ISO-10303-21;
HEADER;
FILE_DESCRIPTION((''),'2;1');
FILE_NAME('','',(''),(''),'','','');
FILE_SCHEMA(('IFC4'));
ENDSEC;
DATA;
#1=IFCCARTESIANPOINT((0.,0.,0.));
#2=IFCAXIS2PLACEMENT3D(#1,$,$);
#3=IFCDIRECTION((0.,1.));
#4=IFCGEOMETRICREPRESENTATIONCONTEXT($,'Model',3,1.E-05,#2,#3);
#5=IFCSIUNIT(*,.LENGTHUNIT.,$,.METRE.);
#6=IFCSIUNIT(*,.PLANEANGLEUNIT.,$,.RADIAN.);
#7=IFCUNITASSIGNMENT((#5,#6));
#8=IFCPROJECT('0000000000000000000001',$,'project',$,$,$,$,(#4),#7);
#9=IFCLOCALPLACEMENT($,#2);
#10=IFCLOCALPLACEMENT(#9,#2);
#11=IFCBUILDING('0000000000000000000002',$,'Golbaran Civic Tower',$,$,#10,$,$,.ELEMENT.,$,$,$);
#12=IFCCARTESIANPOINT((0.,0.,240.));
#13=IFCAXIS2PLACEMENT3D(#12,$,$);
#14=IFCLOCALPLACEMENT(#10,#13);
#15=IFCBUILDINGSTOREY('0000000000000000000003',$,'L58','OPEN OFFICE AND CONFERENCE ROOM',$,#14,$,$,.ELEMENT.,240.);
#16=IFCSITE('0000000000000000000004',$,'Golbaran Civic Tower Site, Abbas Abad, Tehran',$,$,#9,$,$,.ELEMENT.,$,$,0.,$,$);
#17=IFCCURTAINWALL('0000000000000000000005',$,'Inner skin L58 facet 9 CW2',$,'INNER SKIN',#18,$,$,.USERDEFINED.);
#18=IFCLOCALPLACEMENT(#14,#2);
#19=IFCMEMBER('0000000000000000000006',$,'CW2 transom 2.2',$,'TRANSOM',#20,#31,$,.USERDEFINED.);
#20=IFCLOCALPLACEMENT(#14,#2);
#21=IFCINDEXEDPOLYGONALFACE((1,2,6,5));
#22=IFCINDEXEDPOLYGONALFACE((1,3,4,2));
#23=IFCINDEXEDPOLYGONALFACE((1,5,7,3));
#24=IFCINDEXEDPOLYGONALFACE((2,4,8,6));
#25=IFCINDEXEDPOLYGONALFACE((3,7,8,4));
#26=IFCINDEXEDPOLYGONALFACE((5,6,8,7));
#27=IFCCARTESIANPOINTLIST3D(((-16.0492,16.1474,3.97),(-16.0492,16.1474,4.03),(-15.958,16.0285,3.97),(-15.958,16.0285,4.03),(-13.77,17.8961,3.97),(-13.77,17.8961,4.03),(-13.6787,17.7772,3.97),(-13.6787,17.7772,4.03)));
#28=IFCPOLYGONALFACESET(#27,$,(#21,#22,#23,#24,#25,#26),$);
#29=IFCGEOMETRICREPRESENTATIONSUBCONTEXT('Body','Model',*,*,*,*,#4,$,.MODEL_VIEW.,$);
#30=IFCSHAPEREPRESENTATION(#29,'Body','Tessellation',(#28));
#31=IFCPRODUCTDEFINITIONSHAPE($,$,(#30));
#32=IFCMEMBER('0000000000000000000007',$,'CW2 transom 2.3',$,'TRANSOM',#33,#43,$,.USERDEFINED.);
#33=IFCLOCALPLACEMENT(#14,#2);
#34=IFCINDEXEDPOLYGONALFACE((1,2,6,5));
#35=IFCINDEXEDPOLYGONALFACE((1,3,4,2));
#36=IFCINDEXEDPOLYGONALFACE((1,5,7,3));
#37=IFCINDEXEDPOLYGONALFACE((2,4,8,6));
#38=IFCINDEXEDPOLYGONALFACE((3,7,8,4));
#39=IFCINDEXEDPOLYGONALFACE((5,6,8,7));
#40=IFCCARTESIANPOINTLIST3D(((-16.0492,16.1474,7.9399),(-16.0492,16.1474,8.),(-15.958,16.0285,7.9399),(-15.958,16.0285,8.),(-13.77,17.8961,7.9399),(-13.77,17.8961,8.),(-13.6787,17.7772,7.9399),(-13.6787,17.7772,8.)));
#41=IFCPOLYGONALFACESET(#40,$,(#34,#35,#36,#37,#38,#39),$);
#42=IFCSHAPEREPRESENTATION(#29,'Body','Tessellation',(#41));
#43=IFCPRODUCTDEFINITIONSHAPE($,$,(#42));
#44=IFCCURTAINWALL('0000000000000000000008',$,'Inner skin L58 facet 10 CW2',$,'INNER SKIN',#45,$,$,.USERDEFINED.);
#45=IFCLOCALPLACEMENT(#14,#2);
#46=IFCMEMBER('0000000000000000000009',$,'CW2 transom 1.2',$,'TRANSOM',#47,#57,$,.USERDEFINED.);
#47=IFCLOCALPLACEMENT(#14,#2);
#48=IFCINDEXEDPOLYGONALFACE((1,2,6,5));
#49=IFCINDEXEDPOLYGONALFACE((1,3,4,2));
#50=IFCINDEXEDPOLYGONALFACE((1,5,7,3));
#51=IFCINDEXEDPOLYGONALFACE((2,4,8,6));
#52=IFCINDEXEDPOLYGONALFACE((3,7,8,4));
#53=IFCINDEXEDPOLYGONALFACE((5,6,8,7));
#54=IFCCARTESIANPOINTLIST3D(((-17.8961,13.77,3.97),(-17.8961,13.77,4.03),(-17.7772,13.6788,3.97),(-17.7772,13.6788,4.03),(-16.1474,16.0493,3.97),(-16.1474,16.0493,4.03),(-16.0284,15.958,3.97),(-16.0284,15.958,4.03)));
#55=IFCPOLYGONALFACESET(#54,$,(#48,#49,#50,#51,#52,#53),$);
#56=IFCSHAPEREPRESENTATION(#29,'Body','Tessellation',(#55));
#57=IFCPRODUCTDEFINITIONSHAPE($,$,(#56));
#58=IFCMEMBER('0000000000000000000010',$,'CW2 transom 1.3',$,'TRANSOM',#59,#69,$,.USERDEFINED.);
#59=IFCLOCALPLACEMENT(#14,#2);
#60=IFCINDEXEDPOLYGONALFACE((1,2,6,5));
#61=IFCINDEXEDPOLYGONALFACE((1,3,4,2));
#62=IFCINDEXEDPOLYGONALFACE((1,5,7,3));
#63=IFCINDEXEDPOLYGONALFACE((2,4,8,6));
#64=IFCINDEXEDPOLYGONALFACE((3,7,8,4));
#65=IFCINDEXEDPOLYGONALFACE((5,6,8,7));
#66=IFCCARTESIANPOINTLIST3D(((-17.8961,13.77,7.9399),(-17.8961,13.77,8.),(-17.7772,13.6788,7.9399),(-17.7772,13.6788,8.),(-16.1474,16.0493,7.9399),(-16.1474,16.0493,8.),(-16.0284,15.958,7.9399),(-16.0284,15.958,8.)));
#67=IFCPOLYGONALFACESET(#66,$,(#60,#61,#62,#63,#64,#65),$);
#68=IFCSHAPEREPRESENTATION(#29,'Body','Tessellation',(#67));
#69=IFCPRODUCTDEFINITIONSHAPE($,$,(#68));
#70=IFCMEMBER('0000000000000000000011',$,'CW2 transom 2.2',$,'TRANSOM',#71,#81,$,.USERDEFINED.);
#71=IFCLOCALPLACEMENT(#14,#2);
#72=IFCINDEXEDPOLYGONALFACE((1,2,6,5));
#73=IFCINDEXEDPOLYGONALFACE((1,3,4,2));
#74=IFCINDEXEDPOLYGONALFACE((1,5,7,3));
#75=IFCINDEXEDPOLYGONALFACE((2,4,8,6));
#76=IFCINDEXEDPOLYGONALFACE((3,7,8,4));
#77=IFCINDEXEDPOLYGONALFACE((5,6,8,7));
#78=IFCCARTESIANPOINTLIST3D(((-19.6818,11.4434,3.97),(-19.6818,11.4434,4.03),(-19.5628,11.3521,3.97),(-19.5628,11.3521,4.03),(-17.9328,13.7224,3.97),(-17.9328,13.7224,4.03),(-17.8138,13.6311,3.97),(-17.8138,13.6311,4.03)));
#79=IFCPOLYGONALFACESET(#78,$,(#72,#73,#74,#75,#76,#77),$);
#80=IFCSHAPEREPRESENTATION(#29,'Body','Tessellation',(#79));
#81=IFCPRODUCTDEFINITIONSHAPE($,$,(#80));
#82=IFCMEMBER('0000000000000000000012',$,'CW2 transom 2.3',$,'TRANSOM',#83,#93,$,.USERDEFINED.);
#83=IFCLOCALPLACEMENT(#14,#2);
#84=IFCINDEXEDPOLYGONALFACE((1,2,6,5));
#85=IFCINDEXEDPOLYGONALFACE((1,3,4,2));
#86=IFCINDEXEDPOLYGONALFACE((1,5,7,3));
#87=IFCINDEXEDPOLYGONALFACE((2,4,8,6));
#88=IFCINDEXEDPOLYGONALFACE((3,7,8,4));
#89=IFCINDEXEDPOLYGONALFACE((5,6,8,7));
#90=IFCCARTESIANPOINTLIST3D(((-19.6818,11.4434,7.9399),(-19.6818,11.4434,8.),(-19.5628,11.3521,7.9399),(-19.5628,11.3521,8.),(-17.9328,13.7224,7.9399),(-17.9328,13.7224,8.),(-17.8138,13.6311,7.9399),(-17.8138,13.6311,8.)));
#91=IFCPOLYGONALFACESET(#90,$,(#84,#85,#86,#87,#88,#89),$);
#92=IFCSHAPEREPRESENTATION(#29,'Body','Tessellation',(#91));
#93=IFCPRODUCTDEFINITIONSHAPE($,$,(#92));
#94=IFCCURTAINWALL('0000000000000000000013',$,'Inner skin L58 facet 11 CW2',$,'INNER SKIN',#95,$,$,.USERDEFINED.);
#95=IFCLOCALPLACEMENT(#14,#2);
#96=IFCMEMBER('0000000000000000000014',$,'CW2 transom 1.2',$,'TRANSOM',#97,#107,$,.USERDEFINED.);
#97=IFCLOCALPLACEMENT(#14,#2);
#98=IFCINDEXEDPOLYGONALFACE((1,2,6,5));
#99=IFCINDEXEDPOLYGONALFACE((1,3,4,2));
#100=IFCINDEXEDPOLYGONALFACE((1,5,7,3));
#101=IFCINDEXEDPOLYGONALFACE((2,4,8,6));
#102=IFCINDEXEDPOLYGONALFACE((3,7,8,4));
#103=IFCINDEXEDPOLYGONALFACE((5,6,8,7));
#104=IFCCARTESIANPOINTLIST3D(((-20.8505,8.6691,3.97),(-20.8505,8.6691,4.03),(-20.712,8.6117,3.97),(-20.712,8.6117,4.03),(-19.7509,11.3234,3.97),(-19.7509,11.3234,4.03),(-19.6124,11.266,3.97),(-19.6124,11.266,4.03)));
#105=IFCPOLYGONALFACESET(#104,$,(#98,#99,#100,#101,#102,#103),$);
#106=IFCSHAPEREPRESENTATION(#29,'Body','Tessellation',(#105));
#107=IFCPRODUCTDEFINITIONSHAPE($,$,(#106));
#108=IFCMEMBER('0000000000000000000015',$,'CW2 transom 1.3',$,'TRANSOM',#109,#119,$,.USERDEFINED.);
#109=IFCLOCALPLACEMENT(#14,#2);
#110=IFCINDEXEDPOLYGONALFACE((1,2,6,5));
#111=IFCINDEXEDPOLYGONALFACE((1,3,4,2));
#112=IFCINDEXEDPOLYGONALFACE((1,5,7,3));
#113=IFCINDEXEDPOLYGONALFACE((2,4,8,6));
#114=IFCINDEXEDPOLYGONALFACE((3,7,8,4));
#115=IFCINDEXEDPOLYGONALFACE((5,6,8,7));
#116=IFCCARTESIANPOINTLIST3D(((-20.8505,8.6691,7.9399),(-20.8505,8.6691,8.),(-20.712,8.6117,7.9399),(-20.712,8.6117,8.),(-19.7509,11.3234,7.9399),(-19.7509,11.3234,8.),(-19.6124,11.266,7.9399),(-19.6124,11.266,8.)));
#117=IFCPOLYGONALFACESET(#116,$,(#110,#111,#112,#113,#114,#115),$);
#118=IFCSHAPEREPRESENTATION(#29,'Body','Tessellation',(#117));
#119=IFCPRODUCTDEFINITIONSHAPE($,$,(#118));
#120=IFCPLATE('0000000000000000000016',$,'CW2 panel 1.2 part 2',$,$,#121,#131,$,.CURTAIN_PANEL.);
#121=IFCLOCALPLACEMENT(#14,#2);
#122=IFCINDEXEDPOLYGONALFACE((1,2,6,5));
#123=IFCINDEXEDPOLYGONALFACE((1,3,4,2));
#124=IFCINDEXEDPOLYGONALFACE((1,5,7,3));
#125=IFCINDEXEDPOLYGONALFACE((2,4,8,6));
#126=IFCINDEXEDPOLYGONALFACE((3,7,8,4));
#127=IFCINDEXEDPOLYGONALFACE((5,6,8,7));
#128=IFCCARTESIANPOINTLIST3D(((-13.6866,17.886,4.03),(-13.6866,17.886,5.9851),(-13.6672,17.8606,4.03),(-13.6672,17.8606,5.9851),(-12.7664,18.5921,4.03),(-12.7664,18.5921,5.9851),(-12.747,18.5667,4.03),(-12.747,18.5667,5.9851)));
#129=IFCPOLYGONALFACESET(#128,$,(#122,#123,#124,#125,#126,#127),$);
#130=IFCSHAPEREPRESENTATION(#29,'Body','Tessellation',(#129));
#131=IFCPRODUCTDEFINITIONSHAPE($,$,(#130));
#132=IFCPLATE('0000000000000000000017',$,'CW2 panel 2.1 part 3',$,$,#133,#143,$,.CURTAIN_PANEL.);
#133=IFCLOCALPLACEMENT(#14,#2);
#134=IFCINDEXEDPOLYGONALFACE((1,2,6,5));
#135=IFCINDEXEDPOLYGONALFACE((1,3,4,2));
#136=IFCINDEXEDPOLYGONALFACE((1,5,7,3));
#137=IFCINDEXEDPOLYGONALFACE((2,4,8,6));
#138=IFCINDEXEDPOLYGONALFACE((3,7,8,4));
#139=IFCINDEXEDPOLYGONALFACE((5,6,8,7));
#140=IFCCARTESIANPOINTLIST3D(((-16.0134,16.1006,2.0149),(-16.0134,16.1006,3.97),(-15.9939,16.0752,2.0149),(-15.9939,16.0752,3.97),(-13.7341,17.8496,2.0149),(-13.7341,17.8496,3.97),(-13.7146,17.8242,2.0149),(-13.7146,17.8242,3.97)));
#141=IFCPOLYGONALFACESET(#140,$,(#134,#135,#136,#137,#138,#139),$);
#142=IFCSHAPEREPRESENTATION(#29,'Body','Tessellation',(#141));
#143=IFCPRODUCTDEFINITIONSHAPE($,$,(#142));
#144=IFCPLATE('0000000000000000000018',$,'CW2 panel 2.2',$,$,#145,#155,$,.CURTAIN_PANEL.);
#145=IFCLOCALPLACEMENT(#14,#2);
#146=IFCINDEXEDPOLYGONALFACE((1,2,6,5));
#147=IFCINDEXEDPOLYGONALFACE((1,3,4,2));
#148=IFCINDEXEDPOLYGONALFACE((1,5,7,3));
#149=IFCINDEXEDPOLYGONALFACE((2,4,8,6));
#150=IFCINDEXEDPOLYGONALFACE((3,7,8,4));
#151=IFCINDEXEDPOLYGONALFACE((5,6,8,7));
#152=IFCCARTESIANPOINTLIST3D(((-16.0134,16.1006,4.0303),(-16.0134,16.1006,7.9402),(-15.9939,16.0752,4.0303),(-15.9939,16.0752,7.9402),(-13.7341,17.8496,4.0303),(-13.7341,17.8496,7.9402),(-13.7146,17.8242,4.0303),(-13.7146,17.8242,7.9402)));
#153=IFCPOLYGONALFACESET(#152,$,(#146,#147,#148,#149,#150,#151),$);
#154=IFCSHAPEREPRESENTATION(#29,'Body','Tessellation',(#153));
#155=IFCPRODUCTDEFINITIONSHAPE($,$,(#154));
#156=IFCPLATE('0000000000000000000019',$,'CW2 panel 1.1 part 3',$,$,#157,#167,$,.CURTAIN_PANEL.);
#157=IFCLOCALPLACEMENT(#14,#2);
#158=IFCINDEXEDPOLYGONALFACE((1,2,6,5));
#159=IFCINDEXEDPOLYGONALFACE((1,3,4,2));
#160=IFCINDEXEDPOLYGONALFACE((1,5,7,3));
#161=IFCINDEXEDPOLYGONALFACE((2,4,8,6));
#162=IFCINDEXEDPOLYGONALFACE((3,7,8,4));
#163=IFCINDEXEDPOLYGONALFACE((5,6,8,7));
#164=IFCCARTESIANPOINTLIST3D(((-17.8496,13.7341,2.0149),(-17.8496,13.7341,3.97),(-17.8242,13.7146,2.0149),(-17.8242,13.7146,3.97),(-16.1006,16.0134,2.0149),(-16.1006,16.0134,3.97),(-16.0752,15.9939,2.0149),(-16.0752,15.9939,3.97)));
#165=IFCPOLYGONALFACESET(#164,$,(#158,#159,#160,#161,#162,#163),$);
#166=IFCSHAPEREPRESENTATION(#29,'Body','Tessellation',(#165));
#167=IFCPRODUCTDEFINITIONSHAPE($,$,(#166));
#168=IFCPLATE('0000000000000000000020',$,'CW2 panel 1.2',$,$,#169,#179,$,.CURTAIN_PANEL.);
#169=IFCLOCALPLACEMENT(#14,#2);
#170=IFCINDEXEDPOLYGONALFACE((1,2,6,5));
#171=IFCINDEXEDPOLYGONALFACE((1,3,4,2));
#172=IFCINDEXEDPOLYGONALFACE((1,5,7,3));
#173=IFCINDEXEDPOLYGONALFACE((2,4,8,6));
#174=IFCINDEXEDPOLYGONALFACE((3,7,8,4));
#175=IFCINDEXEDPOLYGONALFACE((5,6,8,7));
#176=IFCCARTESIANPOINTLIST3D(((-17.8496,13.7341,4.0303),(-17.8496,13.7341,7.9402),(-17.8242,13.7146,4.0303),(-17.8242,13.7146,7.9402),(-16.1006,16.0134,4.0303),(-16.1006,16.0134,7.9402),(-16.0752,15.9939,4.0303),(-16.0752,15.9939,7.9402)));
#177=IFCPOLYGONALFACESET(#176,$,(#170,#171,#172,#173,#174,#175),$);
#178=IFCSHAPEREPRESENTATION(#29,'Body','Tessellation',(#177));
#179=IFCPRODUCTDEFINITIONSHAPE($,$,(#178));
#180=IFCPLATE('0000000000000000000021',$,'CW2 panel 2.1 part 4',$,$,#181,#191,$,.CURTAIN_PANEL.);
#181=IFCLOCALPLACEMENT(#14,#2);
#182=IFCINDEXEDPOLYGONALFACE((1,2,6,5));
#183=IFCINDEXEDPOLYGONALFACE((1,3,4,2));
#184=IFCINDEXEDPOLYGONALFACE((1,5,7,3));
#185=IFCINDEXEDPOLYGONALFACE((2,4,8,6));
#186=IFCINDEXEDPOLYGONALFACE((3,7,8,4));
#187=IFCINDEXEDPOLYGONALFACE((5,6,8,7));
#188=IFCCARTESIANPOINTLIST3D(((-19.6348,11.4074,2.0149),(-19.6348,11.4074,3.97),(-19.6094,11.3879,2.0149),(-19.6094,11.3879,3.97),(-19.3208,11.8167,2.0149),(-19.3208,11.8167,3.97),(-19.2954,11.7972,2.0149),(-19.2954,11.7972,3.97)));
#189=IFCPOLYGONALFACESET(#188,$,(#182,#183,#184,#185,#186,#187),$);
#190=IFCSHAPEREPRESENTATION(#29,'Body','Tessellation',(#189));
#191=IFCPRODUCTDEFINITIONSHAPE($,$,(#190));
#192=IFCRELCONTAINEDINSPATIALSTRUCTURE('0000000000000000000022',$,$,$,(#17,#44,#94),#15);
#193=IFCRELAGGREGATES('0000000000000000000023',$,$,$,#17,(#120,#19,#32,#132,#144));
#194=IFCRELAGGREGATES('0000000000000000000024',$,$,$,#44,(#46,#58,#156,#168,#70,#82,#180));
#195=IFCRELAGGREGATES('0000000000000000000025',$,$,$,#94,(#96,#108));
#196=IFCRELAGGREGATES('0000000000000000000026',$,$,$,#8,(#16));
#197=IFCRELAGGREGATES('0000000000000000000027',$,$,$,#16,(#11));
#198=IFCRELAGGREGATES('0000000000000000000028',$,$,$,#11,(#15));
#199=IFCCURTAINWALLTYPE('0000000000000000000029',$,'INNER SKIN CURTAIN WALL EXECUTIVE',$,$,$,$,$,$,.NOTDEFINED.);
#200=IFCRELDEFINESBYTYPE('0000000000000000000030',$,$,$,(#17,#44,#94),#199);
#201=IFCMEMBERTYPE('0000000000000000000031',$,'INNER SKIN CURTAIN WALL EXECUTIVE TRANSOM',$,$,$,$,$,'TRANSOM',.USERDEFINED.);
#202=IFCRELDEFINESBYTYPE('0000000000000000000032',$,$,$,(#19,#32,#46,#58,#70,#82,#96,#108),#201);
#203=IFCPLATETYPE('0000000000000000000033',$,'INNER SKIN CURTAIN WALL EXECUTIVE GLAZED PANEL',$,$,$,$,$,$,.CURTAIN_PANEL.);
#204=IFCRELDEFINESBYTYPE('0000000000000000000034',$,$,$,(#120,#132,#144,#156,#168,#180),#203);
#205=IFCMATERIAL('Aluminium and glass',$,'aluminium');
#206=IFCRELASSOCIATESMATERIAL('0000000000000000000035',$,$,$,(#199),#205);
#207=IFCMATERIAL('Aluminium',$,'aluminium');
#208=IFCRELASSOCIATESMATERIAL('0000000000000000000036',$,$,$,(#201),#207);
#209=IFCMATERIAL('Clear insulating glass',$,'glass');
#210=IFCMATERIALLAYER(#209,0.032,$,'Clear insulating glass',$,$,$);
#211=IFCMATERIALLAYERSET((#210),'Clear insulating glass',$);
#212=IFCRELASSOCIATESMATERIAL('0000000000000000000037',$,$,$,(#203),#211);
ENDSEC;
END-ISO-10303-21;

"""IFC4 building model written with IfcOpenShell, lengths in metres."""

from ifc_helpers import new_model, si_unit, direction, frame, origin, origin_2d, place, context, subcontext, project, spatial, rectangle, extrude, material, layer, layer_set, material_profile, profile_set, type_object, element, aggregate, save


model = new_model("IFC4")

# Units and contexts
model_context = context("Model", 3, precision=1e-05, world=origin(), true_north=direction((0.0, 1.0)))
body_context = subcontext(model_context, "Body", "Model", "MODEL_VIEW")
ifc_project = project(units=[si_unit("LENGTHUNIT", "METRE"), si_unit("PLANEANGLEUNIT", "RADIAN")], contexts=[model_context])

# Site, building, storey
site_placement = place(None, origin())
site = spatial("IfcSite", under=ifc_project, at=site_placement, Name="Golbaran Civic Tower Site, Abbas Abad, Tehran", CompositionType="ELEMENT", RefElevation=0.0)
building_placement = place(site_placement, origin())
building = spatial("IfcBuilding", under=site, at=building_placement, Name="Golbaran Civic Tower", CompositionType="ELEMENT")
storey_placement = place(building_placement, frame((0.0, 0.0, 240.0)))
storey = spatial("IfcBuildingStorey", under=building, at=storey_placement, Name="L58", Description="OPEN OFFICE AND CONFERENCE ROOM", CompositionType="ELEMENT", Elevation=240.0)

# Curtain walls, members
ifc_material_1 = material(Name="Aluminium and glass", Category="aluminium")
curtain_wall_type = type_object("IfcCurtainWallType", Name="INNER SKIN CURTAIN WALL EXECUTIVE", PredefinedType="NOTDEFINED", material=ifc_material_1)
curtain_wall_1_placement = place(storey_placement, origin())
curtain_wall_1 = element("IfcCurtainWall", 1, at=curtain_wall_1_placement, inside=storey, type_object=curtain_wall_type, Name="Inner skin L58 facet 9 CW2", ObjectType="INNER SKIN", PredefinedType="USERDEFINED")
ifc_material_2 = material(Name="Aluminium", Category="aluminium")
ifc_material_profile = material_profile(ifc_material_2, rectangle(XDim=0.1499, YDim=0.0601, at=origin_2d()), Name="INNER SKIN CURTAIN WALL EXECUTIVE TRANSOM")
ifc_profile_set = profile_set([ifc_material_profile], Name="Aluminium")
member_type = type_object("IfcMemberType", Name="INNER SKIN CURTAIN WALL EXECUTIVE TRANSOM", ElementType="TRANSOM", PredefinedType="USERDEFINED", material=ifc_profile_set)
member_1_placement = place(storey_placement, frame((-13.7244, 17.8367, 4.0), z_axis=(-0.793385, -0.608721, 0.0), x_axis=(0.608721, -0.793385, 0.0)))
member_1 = element("IfcMember", 2, at=member_1_placement, type_object=member_type, Name="CW2 transom 2.2", ObjectType="TRANSOM", PredefinedType="USERDEFINED", context=body_context, shape_type="SweptSolid", body=[
    extrude(rectangle(XDim=0.1499, YDim=0.0601, at=origin_2d()), origin(), (0.0, 0.0, 1.0), 2.8728),
])
member_2_placement = place(storey_placement, frame((-13.7244, 17.8367, 7.97), z_axis=(-0.793385, -0.608721, 0.0), x_axis=(0.608721, -0.793385, 0.0)))
member_2 = element("IfcMember", 3, at=member_2_placement, type_object=member_type, Name="CW2 transom 2.3", ObjectType="TRANSOM", PredefinedType="USERDEFINED", context=body_context, shape_type="SweptSolid", body=[
    extrude(rectangle(XDim=0.1499, YDim=0.0601, at=origin_2d()), origin(), (0.0, 0.0, 1.0), 2.8728),
])
curtain_wall_2_placement = place(storey_placement, origin())
curtain_wall_2 = element("IfcCurtainWall", 4, at=curtain_wall_2_placement, inside=storey, type_object=curtain_wall_type, Name="Inner skin L58 facet 10 CW2", ObjectType="INNER SKIN", PredefinedType="USERDEFINED")
member_3_placement = place(storey_placement, frame((-16.0879, 16.0037, 4.0), z_axis=(-0.608721, -0.793385, 0.0), x_axis=(0.793385, -0.608721, 0.0)))
member_3 = element("IfcMember", 5, at=member_3_placement, type_object=member_type, Name="CW2 transom 1.2", ObjectType="TRANSOM", PredefinedType="USERDEFINED", context=body_context, shape_type="SweptSolid", body=[
    extrude(rectangle(XDim=0.1499, YDim=0.0601, at=origin_2d()), origin(), (0.0, 0.0, 1.0), 2.8728),
])
member_4_placement = place(storey_placement, frame((-16.0879, 16.0037, 7.97), z_axis=(-0.608721, -0.793385, 0.0), x_axis=(0.793385, -0.608721, 0.0)))
member_4 = element("IfcMember", 6, at=member_4_placement, type_object=member_type, Name="CW2 transom 1.3", ObjectType="TRANSOM", PredefinedType="USERDEFINED", context=body_context, shape_type="SweptSolid", body=[
    extrude(rectangle(XDim=0.1499, YDim=0.0601, at=origin_2d()), origin(), (0.0, 0.0, 1.0), 2.8728),
])
member_5_placement = place(storey_placement, frame((-17.8733, 13.6768, 4.0), z_axis=(-0.608815, -0.793312, 0.0), x_axis=(0.793312, -0.608815, 0.0)))
member_5 = element("IfcMember", 7, at=member_5_placement, type_object=member_type, Name="CW2 transom 2.2", ObjectType="TRANSOM", PredefinedType="USERDEFINED", context=body_context, shape_type="SweptSolid", body=[
    extrude(rectangle(XDim=0.1499, YDim=0.0601, at=origin_2d()), origin(), (0.0, 0.0, 1.0), 2.8728),
])
member_6_placement = place(storey_placement, frame((-17.8733, 13.6768, 7.97), z_axis=(-0.608815, -0.793312, 0.0), x_axis=(0.793312, -0.608815, 0.0)))
member_6 = element("IfcMember", 8, at=member_6_placement, type_object=member_type, Name="CW2 transom 2.3", ObjectType="TRANSOM", PredefinedType="USERDEFINED", context=body_context, shape_type="SweptSolid", body=[
    extrude(rectangle(XDim=0.1499, YDim=0.0601, at=origin_2d()), origin(), (0.0, 0.0, 1.0), 2.8728),
])
curtain_wall_3_placement = place(storey_placement, origin())
curtain_wall_3 = element("IfcCurtainWall", 9, at=curtain_wall_3_placement, inside=storey, type_object=curtain_wall_type, Name="Inner skin L58 facet 11 CW2", ObjectType="INNER SKIN", PredefinedType="USERDEFINED")
member_7_placement = place(storey_placement, frame((-19.6816, 11.2947, 4.0), z_axis=(-0.382732, -0.923859, 0.0), x_axis=(0.923859, -0.382732, 0.0)))
member_7 = element("IfcMember", 10, at=member_7_placement, type_object=member_type, Name="CW2 transom 1.2", ObjectType="TRANSOM", PredefinedType="USERDEFINED", context=body_context, shape_type="SweptSolid", body=[
    extrude(rectangle(XDim=0.1499, YDim=0.0601, at=origin_2d()), origin(), (0.0, 0.0, 1.0), 2.873),
])
member_8_placement = place(storey_placement, frame((-19.6816, 11.2947, 7.97), z_axis=(-0.382732, -0.923859, 0.0), x_axis=(0.923859, -0.382732, 0.0)))
member_8 = element("IfcMember", 11, at=member_8_placement, type_object=member_type, Name="CW2 transom 1.3", ObjectType="TRANSOM", PredefinedType="USERDEFINED", context=body_context, shape_type="SweptSolid", body=[
    extrude(rectangle(XDim=0.1499, YDim=0.0601, at=origin_2d()), origin(), (0.0, 0.0, 1.0), 2.873),
])

# Plates
ifc_material_3 = material(Name="Clear insulating glass", Category="glass")
ifc_layer_1 = layer(ifc_material_3, 0.032, Name="Clear insulating glass")
ifc_layer_set_1 = layer_set([ifc_layer_1], Name="Clear insulating glass")
plate_type_1 = type_object("IfcPlateType", Name="INNER SKIN CURTAIN WALL EXECUTIVE GLAZED PANEL", PredefinedType="CURTAIN_PANEL", material=ifc_layer_set_1)
plate_1_placement = place(storey_placement, frame((-13.2168, 18.2263, 4.03), z_axis=(0.0, 0.0, 1.0), x_axis=(-0.793353, -0.608761, 0.0)))
plate_1 = element("IfcPlate", 12, at=plate_1_placement, type_object=plate_type_1, Name="CW2 panel 1.2 part 2", PredefinedType="CURTAIN_PANEL", context=body_context, shape_type="SweptSolid", body=[
    extrude(rectangle(XDim=1.1599, YDim=0.032, at=origin_2d()), origin(), (0.0, 0.0, 1.0), 1.9551),
])
plate_2_placement = place(storey_placement, frame((-14.864, 16.9624, 2.0149), z_axis=(0.0, 0.0, 1.0), x_axis=(-0.793353, -0.608761, 0.0)))
plate_2 = element("IfcPlate", 13, at=plate_2_placement, type_object=plate_type_1, Name="CW2 panel 2.1 part 3", PredefinedType="CURTAIN_PANEL", context=body_context, shape_type="SweptSolid", body=[
    extrude(rectangle(XDim=2.873, YDim=0.032, at=origin_2d()), origin(), (0.0, 0.0, 1.0), 1.9551),
])
plate_3_placement = place(storey_placement, frame((-14.864, 16.9624, 4.0303), z_axis=(0.0, 0.0, 1.0), x_axis=(-0.793353, -0.608761, 0.0)))
plate_3 = element("IfcPlate", 14, at=plate_3_placement, type_object=plate_type_1, Name="CW2 panel 2.2", PredefinedType="CURTAIN_PANEL", context=body_context, shape_type="SweptSolid", body=[
    extrude(rectangle(XDim=2.873, YDim=0.032, at=origin_2d()), origin(), (0.0, 0.0, 1.0), 3.9099),
])
aggregate(curtain_wall_1, [plate_1, member_1, member_2, plate_2, plate_3])
plate_4_placement = place(storey_placement, frame((-16.9624, 14.864, 2.0149), z_axis=(0.0, 0.0, 1.0), x_axis=(-0.608761, -0.793353, 0.0)))
plate_4 = element("IfcPlate", 15, at=plate_4_placement, type_object=plate_type_1, Name="CW2 panel 1.1 part 3", PredefinedType="CURTAIN_PANEL", context=body_context, shape_type="SweptSolid", body=[
    extrude(rectangle(XDim=2.873, YDim=0.032, at=origin_2d()), origin(), (0.0, 0.0, 1.0), 1.9551),
])
plate_5_placement = place(storey_placement, frame((-16.9624, 14.864, 4.0303), z_axis=(0.0, 0.0, 1.0), x_axis=(-0.608761, -0.793353, 0.0)))
plate_5 = element("IfcPlate", 16, at=plate_5_placement, type_object=plate_type_1, Name="CW2 panel 1.2", PredefinedType="CURTAIN_PANEL", context=body_context, shape_type="SweptSolid", body=[
    extrude(rectangle(XDim=2.873, YDim=0.032, at=origin_2d()), origin(), (0.0, 0.0, 1.0), 3.9099),
])
plate_6_placement = place(storey_placement, frame((-19.4651, 11.6023, 2.0149), z_axis=(0.0, 0.0, 1.0), x_axis=(-0.608761, -0.793353, 0.0)))
plate_6 = element("IfcPlate", 17, at=plate_6_placement, type_object=plate_type_1, Name="CW2 panel 2.1 part 4", PredefinedType="CURTAIN_PANEL", context=body_context, shape_type="SweptSolid", body=[
    extrude(rectangle(XDim=0.5159, YDim=0.032, at=origin_2d()), origin(), (0.0, 0.0, 1.0), 1.9551),
])
aggregate(curtain_wall_2, [member_3, member_4, plate_4, plate_5, member_5, member_6, plate_6])
aggregate(curtain_wall_3, [member_7, member_8])

save(model, "model.ifc")
